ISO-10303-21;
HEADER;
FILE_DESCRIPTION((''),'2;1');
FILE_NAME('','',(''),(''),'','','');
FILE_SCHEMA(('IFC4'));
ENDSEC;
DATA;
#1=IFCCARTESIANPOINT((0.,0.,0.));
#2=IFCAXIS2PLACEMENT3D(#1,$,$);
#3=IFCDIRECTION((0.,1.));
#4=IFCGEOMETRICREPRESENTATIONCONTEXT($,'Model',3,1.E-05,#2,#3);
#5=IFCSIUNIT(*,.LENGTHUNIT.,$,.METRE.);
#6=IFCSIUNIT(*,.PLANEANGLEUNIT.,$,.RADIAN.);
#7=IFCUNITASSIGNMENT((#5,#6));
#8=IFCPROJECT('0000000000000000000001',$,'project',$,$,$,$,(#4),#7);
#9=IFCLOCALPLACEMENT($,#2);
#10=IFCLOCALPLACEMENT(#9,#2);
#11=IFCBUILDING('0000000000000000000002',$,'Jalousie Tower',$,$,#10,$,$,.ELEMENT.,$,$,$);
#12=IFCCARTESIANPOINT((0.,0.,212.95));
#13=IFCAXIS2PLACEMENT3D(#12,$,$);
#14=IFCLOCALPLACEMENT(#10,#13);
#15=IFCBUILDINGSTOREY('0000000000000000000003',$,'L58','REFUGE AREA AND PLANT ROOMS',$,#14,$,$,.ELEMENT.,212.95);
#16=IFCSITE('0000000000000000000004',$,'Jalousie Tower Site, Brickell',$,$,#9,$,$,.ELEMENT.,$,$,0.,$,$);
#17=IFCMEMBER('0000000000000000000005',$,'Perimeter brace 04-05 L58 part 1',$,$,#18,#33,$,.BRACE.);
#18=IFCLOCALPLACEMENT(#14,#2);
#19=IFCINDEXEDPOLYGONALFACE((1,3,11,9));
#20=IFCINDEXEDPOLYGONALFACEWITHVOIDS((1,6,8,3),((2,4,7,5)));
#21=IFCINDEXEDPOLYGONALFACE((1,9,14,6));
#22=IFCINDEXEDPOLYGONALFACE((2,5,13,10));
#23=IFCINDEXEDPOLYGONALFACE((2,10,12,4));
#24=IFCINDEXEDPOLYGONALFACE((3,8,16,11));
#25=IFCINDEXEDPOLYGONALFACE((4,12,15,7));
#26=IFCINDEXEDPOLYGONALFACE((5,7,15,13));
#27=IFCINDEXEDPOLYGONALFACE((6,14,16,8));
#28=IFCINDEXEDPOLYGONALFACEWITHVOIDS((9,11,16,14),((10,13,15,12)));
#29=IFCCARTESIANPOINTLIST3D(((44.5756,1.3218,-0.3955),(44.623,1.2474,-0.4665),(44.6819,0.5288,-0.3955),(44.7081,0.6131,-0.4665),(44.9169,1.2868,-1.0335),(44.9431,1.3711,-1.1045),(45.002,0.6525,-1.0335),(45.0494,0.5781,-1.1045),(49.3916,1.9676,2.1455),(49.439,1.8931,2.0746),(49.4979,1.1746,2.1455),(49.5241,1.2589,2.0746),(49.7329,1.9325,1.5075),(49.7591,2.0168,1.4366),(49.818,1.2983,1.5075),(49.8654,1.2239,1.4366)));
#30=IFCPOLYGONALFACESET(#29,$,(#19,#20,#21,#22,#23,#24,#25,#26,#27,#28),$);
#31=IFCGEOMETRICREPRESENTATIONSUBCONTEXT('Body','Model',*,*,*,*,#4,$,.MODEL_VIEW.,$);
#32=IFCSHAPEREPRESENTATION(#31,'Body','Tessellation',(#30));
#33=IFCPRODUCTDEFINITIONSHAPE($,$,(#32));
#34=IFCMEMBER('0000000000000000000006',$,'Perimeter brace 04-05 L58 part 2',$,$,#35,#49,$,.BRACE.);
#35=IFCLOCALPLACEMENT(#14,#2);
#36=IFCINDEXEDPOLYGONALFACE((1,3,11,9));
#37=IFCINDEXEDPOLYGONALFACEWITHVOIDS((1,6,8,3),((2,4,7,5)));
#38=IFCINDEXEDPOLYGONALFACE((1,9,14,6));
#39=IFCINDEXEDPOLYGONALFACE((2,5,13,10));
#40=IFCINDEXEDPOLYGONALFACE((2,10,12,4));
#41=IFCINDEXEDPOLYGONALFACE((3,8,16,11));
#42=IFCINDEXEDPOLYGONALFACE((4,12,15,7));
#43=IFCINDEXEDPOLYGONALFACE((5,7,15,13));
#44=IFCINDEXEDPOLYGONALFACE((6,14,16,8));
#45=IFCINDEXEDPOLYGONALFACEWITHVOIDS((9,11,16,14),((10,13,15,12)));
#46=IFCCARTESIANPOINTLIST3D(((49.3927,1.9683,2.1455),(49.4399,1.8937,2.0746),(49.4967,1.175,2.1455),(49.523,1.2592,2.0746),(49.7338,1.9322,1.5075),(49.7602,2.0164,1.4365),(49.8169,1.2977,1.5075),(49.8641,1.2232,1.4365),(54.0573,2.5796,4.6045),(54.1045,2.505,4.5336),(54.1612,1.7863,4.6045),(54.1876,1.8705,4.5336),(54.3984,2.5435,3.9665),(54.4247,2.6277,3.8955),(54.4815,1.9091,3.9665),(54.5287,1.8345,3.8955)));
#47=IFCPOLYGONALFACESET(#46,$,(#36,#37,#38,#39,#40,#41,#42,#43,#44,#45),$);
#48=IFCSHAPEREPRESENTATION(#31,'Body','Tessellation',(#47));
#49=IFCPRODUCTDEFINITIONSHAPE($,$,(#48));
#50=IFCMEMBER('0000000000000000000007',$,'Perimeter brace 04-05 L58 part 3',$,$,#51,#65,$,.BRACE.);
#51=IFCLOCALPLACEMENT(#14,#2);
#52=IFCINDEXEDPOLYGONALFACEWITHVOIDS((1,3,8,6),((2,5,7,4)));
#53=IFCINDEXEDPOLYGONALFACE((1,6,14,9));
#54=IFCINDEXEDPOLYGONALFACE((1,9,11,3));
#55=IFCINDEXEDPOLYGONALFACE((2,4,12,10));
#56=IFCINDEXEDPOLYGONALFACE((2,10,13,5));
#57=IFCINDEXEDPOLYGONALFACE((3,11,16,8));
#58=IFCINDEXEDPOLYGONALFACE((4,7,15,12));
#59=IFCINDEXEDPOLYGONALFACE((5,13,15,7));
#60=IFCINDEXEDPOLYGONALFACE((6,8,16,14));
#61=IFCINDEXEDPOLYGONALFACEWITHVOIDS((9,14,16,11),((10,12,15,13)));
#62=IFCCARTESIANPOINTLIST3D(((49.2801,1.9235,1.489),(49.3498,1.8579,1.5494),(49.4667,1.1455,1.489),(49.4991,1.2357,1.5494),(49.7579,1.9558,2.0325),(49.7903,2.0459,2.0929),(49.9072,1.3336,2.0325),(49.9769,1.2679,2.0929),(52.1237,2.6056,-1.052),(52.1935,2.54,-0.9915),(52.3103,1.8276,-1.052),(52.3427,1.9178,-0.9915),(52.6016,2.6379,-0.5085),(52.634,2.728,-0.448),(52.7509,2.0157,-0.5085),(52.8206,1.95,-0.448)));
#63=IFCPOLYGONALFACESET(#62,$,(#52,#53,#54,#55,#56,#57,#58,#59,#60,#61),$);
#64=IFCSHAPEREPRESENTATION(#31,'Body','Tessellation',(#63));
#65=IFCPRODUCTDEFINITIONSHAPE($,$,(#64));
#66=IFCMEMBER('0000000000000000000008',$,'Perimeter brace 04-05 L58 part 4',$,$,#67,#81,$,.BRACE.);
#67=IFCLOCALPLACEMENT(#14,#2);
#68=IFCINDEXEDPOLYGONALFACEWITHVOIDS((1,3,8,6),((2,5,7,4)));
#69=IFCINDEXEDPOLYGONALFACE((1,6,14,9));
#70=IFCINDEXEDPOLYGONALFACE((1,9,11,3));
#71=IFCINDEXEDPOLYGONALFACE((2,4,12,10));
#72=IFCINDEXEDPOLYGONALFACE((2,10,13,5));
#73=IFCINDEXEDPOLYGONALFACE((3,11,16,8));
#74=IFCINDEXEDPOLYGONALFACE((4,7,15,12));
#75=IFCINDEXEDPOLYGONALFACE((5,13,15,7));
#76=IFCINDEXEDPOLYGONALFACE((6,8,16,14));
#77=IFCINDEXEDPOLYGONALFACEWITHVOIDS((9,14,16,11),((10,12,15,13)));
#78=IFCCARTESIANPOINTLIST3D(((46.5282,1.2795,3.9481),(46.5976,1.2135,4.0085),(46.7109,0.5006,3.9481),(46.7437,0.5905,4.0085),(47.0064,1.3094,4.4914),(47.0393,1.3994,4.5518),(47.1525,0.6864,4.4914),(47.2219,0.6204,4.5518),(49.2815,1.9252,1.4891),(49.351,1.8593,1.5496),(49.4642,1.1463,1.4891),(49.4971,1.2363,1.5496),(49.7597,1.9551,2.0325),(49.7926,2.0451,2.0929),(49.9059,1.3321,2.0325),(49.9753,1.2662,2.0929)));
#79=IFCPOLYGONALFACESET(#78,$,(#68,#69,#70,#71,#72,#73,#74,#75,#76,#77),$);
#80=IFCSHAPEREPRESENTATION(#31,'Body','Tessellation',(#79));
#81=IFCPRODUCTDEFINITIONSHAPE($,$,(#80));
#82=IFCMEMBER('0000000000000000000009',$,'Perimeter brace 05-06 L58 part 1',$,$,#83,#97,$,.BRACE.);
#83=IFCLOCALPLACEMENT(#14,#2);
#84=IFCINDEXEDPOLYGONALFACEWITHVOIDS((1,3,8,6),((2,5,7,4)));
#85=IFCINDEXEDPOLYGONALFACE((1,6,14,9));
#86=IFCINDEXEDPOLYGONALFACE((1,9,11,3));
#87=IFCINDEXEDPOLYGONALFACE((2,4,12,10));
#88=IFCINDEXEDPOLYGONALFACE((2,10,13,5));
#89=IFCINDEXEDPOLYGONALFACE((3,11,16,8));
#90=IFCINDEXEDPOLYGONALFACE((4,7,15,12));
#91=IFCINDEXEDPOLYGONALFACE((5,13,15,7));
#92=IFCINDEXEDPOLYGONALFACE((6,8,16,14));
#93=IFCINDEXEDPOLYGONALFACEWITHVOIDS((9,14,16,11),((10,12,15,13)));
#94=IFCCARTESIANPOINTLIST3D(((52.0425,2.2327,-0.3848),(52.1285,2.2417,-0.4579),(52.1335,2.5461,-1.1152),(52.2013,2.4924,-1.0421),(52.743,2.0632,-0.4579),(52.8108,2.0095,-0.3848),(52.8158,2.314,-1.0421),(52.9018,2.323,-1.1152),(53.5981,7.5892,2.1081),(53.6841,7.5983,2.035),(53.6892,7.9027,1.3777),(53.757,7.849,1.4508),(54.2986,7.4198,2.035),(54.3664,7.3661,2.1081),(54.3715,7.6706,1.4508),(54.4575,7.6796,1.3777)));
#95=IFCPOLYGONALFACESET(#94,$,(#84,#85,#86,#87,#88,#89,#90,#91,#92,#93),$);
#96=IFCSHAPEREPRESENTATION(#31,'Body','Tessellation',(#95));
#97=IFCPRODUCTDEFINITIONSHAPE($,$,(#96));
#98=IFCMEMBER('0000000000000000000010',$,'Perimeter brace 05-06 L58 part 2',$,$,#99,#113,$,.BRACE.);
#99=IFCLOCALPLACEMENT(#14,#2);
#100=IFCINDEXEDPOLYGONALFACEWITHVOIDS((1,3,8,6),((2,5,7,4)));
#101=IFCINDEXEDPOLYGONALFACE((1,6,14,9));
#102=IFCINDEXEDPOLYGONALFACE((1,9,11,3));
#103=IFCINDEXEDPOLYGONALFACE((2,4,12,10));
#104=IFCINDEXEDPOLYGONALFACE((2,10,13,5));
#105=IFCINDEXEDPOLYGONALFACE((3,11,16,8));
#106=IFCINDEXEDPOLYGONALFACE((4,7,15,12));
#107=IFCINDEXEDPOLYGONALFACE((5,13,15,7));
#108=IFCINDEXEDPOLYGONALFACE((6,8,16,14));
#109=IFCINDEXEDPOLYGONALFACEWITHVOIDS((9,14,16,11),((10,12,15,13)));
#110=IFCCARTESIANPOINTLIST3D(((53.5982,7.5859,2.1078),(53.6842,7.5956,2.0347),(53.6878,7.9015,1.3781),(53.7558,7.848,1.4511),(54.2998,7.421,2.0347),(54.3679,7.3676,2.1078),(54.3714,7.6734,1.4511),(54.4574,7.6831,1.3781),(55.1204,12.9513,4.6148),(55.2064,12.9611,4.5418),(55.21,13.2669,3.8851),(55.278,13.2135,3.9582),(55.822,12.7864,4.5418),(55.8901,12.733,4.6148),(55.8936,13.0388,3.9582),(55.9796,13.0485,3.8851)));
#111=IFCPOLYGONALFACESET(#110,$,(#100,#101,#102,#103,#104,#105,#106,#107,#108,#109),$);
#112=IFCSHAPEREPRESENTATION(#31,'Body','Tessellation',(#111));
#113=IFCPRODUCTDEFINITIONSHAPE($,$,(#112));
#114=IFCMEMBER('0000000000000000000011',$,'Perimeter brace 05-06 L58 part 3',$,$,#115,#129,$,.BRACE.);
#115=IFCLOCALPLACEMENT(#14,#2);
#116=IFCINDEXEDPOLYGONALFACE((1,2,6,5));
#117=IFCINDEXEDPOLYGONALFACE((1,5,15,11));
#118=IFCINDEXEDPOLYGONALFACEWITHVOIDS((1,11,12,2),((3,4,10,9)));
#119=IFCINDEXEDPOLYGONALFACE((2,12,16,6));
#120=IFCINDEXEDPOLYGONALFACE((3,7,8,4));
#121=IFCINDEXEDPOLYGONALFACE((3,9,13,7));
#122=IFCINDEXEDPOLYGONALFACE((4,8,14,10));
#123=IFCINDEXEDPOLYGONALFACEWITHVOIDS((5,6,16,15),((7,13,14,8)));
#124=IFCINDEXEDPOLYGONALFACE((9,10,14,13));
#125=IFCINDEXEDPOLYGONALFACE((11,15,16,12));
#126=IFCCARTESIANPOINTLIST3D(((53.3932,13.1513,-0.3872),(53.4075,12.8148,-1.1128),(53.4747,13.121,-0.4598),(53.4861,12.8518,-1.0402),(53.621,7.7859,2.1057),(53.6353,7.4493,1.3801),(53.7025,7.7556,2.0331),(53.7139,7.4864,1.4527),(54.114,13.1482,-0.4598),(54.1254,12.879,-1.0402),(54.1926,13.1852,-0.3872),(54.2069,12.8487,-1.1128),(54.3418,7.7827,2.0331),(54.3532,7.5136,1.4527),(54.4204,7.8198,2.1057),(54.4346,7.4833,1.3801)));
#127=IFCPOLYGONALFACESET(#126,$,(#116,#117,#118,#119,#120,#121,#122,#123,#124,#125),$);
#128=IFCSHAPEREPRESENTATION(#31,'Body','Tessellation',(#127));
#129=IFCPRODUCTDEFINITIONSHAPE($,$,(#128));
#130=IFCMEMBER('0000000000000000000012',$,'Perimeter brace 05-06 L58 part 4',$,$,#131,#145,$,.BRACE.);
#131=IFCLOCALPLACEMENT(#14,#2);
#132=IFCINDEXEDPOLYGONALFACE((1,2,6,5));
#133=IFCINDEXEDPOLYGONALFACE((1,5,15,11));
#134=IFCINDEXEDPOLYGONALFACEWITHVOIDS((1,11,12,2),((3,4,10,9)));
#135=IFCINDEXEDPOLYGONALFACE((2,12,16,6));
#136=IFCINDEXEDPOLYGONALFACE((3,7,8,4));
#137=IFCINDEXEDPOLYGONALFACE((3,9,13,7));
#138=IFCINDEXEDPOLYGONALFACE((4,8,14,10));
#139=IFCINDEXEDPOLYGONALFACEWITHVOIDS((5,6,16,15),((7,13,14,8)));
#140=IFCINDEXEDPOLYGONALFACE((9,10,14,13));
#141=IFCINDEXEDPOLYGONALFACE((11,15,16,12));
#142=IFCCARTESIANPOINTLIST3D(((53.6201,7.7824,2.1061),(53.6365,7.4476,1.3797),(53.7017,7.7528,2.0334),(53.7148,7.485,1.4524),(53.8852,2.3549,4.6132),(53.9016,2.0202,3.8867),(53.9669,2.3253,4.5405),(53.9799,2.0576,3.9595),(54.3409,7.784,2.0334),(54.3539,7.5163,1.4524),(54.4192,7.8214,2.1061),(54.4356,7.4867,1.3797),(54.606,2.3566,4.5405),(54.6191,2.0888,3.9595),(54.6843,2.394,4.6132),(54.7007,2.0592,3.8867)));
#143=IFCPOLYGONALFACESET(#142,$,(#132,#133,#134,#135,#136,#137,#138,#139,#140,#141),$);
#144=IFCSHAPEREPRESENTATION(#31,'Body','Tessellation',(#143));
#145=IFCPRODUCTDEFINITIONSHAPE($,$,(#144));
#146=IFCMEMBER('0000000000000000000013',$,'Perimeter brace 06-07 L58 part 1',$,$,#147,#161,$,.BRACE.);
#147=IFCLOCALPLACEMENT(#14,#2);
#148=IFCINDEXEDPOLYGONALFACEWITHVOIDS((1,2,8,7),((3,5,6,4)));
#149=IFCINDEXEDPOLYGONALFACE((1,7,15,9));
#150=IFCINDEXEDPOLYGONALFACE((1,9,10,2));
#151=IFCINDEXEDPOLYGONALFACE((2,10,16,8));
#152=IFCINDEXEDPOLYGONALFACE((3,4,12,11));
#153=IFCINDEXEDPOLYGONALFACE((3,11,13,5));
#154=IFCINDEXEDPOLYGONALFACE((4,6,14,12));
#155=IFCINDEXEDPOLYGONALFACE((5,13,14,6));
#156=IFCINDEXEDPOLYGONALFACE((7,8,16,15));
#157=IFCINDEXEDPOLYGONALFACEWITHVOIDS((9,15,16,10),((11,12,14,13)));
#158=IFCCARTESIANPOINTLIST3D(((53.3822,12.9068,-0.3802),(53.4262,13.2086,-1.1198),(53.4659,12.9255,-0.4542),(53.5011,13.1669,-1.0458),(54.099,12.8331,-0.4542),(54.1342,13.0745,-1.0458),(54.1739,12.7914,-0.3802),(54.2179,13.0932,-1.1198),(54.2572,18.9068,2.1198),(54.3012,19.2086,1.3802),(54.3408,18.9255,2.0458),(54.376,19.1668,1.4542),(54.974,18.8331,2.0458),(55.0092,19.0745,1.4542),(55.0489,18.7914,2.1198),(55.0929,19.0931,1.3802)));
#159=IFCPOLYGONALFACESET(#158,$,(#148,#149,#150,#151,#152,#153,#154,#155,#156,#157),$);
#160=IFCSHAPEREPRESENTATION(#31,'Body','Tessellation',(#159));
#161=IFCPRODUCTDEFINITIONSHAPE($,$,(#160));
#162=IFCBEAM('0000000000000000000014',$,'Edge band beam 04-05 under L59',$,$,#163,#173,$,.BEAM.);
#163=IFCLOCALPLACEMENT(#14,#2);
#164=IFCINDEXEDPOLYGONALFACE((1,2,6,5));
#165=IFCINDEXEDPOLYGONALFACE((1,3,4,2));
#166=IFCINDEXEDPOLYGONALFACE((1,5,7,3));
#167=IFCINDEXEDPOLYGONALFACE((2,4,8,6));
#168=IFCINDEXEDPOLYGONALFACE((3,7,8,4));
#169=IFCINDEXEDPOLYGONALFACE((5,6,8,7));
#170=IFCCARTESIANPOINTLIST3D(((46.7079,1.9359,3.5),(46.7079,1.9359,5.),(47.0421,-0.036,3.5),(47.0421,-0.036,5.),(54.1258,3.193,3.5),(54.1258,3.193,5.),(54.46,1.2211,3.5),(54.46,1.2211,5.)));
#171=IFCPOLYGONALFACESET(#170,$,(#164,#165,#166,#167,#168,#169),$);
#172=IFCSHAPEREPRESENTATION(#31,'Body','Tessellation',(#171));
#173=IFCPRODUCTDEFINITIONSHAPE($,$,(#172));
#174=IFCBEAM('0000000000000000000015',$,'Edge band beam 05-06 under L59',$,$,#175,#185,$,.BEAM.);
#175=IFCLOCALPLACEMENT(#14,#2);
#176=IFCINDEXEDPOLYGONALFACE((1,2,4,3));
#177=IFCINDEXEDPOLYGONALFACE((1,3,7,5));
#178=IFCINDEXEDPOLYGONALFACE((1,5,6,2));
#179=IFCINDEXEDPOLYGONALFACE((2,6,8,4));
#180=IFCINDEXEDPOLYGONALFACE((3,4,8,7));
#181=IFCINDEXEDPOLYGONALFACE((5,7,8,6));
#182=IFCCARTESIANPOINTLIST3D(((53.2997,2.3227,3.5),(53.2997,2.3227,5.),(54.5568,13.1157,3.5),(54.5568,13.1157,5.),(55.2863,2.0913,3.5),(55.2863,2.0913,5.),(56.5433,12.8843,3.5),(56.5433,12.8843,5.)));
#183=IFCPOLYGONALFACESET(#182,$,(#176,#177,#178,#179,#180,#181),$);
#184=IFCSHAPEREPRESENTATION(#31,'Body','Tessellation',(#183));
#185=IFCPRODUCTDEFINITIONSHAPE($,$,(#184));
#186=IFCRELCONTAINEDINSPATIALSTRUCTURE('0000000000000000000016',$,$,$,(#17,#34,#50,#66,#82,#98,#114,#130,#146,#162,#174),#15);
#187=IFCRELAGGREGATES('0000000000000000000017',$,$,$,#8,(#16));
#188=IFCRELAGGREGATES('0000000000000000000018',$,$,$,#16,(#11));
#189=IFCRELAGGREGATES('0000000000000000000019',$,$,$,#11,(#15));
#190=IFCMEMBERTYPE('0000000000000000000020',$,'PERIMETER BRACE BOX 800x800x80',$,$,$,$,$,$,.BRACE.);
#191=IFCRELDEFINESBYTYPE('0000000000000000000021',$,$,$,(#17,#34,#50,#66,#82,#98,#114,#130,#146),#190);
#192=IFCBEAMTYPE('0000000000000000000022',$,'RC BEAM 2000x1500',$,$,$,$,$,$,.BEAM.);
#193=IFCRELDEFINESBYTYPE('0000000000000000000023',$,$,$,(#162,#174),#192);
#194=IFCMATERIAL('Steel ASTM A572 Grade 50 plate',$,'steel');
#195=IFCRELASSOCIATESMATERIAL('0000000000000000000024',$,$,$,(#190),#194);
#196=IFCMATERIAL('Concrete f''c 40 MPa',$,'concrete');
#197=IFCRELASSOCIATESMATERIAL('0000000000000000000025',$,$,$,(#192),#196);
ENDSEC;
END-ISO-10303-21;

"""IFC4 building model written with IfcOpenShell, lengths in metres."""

from ifc_helpers import new_model, si_unit, direction, frame, origin, origin_2d, place, context, subcontext, project, spatial, rectangle, hollow_rectangle, extrude, material, material_profile, profile_set, type_object, element, save


model = new_model("IFC4")

# Units and contexts
model_context = context("Model", 3, precision=1e-05, world=origin(), true_north=direction((0.0, 1.0)))
body_context = subcontext(model_context, "Body", "Model", "MODEL_VIEW")
ifc_project = project(units=[si_unit("LENGTHUNIT", "METRE"), si_unit("PLANEANGLEUNIT", "RADIAN")], contexts=[model_context])

# Site, building, storey
site_placement = place(None, origin())
site = spatial("IfcSite", under=ifc_project, at=site_placement, Name="Jalousie Tower Site, Brickell", CompositionType="ELEMENT", RefElevation=0.0)
building_placement = place(site_placement, origin())
building = spatial("IfcBuilding", under=site, at=building_placement, Name="Jalousie Tower", CompositionType="ELEMENT")
storey_placement = place(building_placement, frame((0.0, 0.0, 212.95)))
storey = spatial("IfcBuildingStorey", under=building, at=storey_placement, Name="L58", Description="REFUGE AREA AND PLANT ROOMS", CompositionType="ELEMENT", Elevation=212.95)

# Members
ifc_material_1 = material(Name="Steel ASTM A572 Grade 50 plate", Category="steel")
ifc_material_profile_1 = material_profile(ifc_material_1, hollow_rectangle(XDim=0.8, YDim=0.8, WallThickness=0.0801, at=origin_2d()), Name="BOX 800x800x80")
ifc_profile_set_1 = profile_set([ifc_material_profile_1], Name="Steel ASTM A572 Grade 50 plate")
member_type_1 = type_object("IfcMemberType", Name="PERIMETER BRACE BOX 800x800x80", PredefinedType="BRACE", material=ifc_profile_set_1)
member_1_placement = place(storey_placement, frame((44.8125, 0.95, -0.75), z_axis=(0.878285, 0.117767, 0.463408), x_axis=(-0.132898, 0.99113, 0.0)))
element("IfcMember", 1, at=member_1_placement, inside=storey, type_object=member_type_1, Name="Perimeter brace 04-05 L58 part 1", PredefinedType="BRACE", context=body_context, shape_type="SweptSolid", body=[
    extrude(hollow_rectangle(XDim=0.8, YDim=0.8, WallThickness=0.0801, at=origin_2d()), origin(), (0.0, 0.0, 1.0), 5.4834),
])
member_2_placement = place(storey_placement, frame((49.6284, 1.5957, 1.791), z_axis=(0.878723, 0.115164, 0.463231), x_axis=(-0.129947, 0.991521, 0.0)))
element("IfcMember", 2, at=member_2_placement, inside=storey, type_object=member_type_1, Name="Perimeter brace 04-05 L58 part 2", PredefinedType="BRACE", context=body_context, shape_type="SweptSolid", body=[
    extrude(hollow_rectangle(XDim=0.8, YDim=0.8, WallThickness=0.0801, at=origin_2d()), origin(), (0.0, 0.0, 1.0), 5.3083),
])
member_3_placement = place(storey_placement, frame((52.4722, 2.2778, -0.75), z_axis=(-0.734034, -0.176072, 0.655891), x_axis=(0.233253, -0.972416, 0.0)))
element("IfcMember", 3, at=member_3_placement, inside=storey, type_object=member_type_1, Name="Perimeter brace 04-05 L58 part 3", PredefinedType="BRACE", context=body_context, shape_type="SweptSolid", body=[
    extrude(hollow_rectangle(XDim=0.8, YDim=0.8, WallThickness=0.0801, at=origin_2d()), origin(), (0.0, 0.0, 1.0), 3.874),
])
member_4_placement = place(storey_placement, frame((49.6284, 1.5957, 1.791), z_axis=(-0.734704, -0.172308, 0.65614), x_axis=(0.228332, -0.973583, 0.0)))
element("IfcMember", 4, at=member_4_placement, inside=storey, type_object=member_type_1, Name="Perimeter brace 04-05 L58 part 4", PredefinedType="BRACE", context=body_context, shape_type="SweptSolid", body=[
    extrude(hollow_rectangle(XDim=0.8, YDim=0.8, WallThickness=0.0801, at=origin_2d()), origin(), (0.0, 0.0, 1.0), 3.7476),
])
member_5_placement = place(storey_placement, frame((52.4722, 2.2778, -0.75), z_axis=(0.254621, 0.876747, 0.408024), x_axis=(-0.960322, 0.278892, 0.0)))
element("IfcMember", 5, at=member_5_placement, inside=storey, type_object=member_type_1, Name="Perimeter brace 05-06 L58 part 1", PredefinedType="BRACE", context=body_context, shape_type="SweptSolid", body=[
    extrude(hollow_rectangle(XDim=0.8, YDim=0.8, WallThickness=0.0801, at=origin_2d()), origin(), (0.0, 0.0, 1.0), 6.1096),
])
member_6_placement = place(storey_placement, frame((54.0278, 7.6345, 1.7429), z_axis=(0.248939, 0.877456, 0.410001), x_axis=(-0.962033, 0.272934, 0.0)))
element("IfcMember", 6, at=member_6_placement, inside=storey, type_object=member_type_1, Name="Perimeter brace 05-06 L58 part 2", PredefinedType="BRACE", context=body_context, shape_type="SweptSolid", body=[
    extrude(hollow_rectangle(XDim=0.8, YDim=0.8, WallThickness=0.0801, at=origin_2d()), origin(), (0.0, 0.0, 1.0), 6.1147),
])
member_7_placement = place(storey_placement, frame((53.8, 13.0, -0.75), z_axis=(0.038472, -0.906221, 0.42105), x_axis=(0.9991, 0.042415, 0.0)))
element("IfcMember", 7, at=member_7_placement, inside=storey, type_object=member_type_1, Name="Perimeter brace 05-06 L58 part 3", PredefinedType="BRACE", context=body_context, shape_type="SweptSolid", body=[
    extrude(hollow_rectangle(XDim=0.8, YDim=0.8, WallThickness=0.0801, at=origin_2d()), origin(), (0.0, 0.0, 1.0), 5.9207),
])
member_8_placement = place(storey_placement, frame((54.0278, 7.6345, 1.7429), z_axis=(0.044304, -0.906935, 0.418934), x_axis=(0.998809, 0.048793, 0.0)))
element("IfcMember", 8, at=member_8_placement, inside=storey, type_object=member_type_1, Name="Perimeter brace 05-06 L58 part 4", PredefinedType="BRACE", context=body_context, shape_type="SweptSolid", body=[
    extrude(hollow_rectangle(XDim=0.8, YDim=0.8, WallThickness=0.0801, at=origin_2d()), origin(), (0.0, 0.0, 1.0), 5.9844),
])
member_9_placement = place(storey_placement, frame((53.8, 13.0, -0.75), z_axis=(0.133412, 0.914825, 0.381177), x_axis=(-0.989533, 0.144307, 0.0)))
element("IfcMember", 9, at=member_9_placement, inside=storey, type_object=member_type_1, Name="Perimeter brace 06-07 L58 part 1", PredefinedType="BRACE", context=body_context, shape_type="SweptSolid", body=[
    extrude(hollow_rectangle(XDim=0.8, YDim=0.8, WallThickness=0.0801, at=origin_2d()), origin(), (0.0, 0.0, 1.0), 6.5586),
])

# Beams
ifc_material_2 = material(Name="Concrete f'c 40 MPa", Category="concrete")
ifc_material_profile_2 = material_profile(ifc_material_2, rectangle(XDim=2.0, YDim=1.5, at=origin_2d()), Name="RC 2000x1500")
ifc_profile_set_2 = profile_set([ifc_material_profile_2], Name="Concrete f'c 40 MPa")
beam_type_1 = type_object("IfcBeamType", Name="RC BEAM 2000x1500", PredefinedType="BEAM", material=ifc_profile_set_2)
beam_1_placement = place(storey_placement, frame((46.875, 0.95, 4.25), z_axis=(0.985943, 0.167082, 0.0), x_axis=(-0.167082, 0.985943, 0.0)))
element("IfcBeam", 10, at=beam_1_placement, inside=storey, type_object=beam_type_1, Name="Edge band beam 04-05 under L59", PredefinedType="BEAM", context=body_context, shape_type="SweptSolid", body=[
    extrude(rectangle(XDim=2.0, YDim=1.5, at=origin_2d()), origin(), (0.0, 0.0, 1.0), 7.5237),
])
beam_2_placement = place(storey_placement, frame((54.293, 2.207, 4.25), z_axis=(0.11569, 0.993285, 0.0), x_axis=(-0.993285, 0.11569, 0.0)))
element("IfcBeam", 11, at=beam_2_placement, inside=storey, type_object=beam_type_1, Name="Edge band beam 05-06 under L59", PredefinedType="BEAM", context=body_context, shape_type="SweptSolid", body=[
    extrude(rectangle(XDim=2.0, YDim=1.5, at=origin_2d()), origin(), (0.0, 0.0, 1.0), 10.866),
])

save(model, "model.ifc")
